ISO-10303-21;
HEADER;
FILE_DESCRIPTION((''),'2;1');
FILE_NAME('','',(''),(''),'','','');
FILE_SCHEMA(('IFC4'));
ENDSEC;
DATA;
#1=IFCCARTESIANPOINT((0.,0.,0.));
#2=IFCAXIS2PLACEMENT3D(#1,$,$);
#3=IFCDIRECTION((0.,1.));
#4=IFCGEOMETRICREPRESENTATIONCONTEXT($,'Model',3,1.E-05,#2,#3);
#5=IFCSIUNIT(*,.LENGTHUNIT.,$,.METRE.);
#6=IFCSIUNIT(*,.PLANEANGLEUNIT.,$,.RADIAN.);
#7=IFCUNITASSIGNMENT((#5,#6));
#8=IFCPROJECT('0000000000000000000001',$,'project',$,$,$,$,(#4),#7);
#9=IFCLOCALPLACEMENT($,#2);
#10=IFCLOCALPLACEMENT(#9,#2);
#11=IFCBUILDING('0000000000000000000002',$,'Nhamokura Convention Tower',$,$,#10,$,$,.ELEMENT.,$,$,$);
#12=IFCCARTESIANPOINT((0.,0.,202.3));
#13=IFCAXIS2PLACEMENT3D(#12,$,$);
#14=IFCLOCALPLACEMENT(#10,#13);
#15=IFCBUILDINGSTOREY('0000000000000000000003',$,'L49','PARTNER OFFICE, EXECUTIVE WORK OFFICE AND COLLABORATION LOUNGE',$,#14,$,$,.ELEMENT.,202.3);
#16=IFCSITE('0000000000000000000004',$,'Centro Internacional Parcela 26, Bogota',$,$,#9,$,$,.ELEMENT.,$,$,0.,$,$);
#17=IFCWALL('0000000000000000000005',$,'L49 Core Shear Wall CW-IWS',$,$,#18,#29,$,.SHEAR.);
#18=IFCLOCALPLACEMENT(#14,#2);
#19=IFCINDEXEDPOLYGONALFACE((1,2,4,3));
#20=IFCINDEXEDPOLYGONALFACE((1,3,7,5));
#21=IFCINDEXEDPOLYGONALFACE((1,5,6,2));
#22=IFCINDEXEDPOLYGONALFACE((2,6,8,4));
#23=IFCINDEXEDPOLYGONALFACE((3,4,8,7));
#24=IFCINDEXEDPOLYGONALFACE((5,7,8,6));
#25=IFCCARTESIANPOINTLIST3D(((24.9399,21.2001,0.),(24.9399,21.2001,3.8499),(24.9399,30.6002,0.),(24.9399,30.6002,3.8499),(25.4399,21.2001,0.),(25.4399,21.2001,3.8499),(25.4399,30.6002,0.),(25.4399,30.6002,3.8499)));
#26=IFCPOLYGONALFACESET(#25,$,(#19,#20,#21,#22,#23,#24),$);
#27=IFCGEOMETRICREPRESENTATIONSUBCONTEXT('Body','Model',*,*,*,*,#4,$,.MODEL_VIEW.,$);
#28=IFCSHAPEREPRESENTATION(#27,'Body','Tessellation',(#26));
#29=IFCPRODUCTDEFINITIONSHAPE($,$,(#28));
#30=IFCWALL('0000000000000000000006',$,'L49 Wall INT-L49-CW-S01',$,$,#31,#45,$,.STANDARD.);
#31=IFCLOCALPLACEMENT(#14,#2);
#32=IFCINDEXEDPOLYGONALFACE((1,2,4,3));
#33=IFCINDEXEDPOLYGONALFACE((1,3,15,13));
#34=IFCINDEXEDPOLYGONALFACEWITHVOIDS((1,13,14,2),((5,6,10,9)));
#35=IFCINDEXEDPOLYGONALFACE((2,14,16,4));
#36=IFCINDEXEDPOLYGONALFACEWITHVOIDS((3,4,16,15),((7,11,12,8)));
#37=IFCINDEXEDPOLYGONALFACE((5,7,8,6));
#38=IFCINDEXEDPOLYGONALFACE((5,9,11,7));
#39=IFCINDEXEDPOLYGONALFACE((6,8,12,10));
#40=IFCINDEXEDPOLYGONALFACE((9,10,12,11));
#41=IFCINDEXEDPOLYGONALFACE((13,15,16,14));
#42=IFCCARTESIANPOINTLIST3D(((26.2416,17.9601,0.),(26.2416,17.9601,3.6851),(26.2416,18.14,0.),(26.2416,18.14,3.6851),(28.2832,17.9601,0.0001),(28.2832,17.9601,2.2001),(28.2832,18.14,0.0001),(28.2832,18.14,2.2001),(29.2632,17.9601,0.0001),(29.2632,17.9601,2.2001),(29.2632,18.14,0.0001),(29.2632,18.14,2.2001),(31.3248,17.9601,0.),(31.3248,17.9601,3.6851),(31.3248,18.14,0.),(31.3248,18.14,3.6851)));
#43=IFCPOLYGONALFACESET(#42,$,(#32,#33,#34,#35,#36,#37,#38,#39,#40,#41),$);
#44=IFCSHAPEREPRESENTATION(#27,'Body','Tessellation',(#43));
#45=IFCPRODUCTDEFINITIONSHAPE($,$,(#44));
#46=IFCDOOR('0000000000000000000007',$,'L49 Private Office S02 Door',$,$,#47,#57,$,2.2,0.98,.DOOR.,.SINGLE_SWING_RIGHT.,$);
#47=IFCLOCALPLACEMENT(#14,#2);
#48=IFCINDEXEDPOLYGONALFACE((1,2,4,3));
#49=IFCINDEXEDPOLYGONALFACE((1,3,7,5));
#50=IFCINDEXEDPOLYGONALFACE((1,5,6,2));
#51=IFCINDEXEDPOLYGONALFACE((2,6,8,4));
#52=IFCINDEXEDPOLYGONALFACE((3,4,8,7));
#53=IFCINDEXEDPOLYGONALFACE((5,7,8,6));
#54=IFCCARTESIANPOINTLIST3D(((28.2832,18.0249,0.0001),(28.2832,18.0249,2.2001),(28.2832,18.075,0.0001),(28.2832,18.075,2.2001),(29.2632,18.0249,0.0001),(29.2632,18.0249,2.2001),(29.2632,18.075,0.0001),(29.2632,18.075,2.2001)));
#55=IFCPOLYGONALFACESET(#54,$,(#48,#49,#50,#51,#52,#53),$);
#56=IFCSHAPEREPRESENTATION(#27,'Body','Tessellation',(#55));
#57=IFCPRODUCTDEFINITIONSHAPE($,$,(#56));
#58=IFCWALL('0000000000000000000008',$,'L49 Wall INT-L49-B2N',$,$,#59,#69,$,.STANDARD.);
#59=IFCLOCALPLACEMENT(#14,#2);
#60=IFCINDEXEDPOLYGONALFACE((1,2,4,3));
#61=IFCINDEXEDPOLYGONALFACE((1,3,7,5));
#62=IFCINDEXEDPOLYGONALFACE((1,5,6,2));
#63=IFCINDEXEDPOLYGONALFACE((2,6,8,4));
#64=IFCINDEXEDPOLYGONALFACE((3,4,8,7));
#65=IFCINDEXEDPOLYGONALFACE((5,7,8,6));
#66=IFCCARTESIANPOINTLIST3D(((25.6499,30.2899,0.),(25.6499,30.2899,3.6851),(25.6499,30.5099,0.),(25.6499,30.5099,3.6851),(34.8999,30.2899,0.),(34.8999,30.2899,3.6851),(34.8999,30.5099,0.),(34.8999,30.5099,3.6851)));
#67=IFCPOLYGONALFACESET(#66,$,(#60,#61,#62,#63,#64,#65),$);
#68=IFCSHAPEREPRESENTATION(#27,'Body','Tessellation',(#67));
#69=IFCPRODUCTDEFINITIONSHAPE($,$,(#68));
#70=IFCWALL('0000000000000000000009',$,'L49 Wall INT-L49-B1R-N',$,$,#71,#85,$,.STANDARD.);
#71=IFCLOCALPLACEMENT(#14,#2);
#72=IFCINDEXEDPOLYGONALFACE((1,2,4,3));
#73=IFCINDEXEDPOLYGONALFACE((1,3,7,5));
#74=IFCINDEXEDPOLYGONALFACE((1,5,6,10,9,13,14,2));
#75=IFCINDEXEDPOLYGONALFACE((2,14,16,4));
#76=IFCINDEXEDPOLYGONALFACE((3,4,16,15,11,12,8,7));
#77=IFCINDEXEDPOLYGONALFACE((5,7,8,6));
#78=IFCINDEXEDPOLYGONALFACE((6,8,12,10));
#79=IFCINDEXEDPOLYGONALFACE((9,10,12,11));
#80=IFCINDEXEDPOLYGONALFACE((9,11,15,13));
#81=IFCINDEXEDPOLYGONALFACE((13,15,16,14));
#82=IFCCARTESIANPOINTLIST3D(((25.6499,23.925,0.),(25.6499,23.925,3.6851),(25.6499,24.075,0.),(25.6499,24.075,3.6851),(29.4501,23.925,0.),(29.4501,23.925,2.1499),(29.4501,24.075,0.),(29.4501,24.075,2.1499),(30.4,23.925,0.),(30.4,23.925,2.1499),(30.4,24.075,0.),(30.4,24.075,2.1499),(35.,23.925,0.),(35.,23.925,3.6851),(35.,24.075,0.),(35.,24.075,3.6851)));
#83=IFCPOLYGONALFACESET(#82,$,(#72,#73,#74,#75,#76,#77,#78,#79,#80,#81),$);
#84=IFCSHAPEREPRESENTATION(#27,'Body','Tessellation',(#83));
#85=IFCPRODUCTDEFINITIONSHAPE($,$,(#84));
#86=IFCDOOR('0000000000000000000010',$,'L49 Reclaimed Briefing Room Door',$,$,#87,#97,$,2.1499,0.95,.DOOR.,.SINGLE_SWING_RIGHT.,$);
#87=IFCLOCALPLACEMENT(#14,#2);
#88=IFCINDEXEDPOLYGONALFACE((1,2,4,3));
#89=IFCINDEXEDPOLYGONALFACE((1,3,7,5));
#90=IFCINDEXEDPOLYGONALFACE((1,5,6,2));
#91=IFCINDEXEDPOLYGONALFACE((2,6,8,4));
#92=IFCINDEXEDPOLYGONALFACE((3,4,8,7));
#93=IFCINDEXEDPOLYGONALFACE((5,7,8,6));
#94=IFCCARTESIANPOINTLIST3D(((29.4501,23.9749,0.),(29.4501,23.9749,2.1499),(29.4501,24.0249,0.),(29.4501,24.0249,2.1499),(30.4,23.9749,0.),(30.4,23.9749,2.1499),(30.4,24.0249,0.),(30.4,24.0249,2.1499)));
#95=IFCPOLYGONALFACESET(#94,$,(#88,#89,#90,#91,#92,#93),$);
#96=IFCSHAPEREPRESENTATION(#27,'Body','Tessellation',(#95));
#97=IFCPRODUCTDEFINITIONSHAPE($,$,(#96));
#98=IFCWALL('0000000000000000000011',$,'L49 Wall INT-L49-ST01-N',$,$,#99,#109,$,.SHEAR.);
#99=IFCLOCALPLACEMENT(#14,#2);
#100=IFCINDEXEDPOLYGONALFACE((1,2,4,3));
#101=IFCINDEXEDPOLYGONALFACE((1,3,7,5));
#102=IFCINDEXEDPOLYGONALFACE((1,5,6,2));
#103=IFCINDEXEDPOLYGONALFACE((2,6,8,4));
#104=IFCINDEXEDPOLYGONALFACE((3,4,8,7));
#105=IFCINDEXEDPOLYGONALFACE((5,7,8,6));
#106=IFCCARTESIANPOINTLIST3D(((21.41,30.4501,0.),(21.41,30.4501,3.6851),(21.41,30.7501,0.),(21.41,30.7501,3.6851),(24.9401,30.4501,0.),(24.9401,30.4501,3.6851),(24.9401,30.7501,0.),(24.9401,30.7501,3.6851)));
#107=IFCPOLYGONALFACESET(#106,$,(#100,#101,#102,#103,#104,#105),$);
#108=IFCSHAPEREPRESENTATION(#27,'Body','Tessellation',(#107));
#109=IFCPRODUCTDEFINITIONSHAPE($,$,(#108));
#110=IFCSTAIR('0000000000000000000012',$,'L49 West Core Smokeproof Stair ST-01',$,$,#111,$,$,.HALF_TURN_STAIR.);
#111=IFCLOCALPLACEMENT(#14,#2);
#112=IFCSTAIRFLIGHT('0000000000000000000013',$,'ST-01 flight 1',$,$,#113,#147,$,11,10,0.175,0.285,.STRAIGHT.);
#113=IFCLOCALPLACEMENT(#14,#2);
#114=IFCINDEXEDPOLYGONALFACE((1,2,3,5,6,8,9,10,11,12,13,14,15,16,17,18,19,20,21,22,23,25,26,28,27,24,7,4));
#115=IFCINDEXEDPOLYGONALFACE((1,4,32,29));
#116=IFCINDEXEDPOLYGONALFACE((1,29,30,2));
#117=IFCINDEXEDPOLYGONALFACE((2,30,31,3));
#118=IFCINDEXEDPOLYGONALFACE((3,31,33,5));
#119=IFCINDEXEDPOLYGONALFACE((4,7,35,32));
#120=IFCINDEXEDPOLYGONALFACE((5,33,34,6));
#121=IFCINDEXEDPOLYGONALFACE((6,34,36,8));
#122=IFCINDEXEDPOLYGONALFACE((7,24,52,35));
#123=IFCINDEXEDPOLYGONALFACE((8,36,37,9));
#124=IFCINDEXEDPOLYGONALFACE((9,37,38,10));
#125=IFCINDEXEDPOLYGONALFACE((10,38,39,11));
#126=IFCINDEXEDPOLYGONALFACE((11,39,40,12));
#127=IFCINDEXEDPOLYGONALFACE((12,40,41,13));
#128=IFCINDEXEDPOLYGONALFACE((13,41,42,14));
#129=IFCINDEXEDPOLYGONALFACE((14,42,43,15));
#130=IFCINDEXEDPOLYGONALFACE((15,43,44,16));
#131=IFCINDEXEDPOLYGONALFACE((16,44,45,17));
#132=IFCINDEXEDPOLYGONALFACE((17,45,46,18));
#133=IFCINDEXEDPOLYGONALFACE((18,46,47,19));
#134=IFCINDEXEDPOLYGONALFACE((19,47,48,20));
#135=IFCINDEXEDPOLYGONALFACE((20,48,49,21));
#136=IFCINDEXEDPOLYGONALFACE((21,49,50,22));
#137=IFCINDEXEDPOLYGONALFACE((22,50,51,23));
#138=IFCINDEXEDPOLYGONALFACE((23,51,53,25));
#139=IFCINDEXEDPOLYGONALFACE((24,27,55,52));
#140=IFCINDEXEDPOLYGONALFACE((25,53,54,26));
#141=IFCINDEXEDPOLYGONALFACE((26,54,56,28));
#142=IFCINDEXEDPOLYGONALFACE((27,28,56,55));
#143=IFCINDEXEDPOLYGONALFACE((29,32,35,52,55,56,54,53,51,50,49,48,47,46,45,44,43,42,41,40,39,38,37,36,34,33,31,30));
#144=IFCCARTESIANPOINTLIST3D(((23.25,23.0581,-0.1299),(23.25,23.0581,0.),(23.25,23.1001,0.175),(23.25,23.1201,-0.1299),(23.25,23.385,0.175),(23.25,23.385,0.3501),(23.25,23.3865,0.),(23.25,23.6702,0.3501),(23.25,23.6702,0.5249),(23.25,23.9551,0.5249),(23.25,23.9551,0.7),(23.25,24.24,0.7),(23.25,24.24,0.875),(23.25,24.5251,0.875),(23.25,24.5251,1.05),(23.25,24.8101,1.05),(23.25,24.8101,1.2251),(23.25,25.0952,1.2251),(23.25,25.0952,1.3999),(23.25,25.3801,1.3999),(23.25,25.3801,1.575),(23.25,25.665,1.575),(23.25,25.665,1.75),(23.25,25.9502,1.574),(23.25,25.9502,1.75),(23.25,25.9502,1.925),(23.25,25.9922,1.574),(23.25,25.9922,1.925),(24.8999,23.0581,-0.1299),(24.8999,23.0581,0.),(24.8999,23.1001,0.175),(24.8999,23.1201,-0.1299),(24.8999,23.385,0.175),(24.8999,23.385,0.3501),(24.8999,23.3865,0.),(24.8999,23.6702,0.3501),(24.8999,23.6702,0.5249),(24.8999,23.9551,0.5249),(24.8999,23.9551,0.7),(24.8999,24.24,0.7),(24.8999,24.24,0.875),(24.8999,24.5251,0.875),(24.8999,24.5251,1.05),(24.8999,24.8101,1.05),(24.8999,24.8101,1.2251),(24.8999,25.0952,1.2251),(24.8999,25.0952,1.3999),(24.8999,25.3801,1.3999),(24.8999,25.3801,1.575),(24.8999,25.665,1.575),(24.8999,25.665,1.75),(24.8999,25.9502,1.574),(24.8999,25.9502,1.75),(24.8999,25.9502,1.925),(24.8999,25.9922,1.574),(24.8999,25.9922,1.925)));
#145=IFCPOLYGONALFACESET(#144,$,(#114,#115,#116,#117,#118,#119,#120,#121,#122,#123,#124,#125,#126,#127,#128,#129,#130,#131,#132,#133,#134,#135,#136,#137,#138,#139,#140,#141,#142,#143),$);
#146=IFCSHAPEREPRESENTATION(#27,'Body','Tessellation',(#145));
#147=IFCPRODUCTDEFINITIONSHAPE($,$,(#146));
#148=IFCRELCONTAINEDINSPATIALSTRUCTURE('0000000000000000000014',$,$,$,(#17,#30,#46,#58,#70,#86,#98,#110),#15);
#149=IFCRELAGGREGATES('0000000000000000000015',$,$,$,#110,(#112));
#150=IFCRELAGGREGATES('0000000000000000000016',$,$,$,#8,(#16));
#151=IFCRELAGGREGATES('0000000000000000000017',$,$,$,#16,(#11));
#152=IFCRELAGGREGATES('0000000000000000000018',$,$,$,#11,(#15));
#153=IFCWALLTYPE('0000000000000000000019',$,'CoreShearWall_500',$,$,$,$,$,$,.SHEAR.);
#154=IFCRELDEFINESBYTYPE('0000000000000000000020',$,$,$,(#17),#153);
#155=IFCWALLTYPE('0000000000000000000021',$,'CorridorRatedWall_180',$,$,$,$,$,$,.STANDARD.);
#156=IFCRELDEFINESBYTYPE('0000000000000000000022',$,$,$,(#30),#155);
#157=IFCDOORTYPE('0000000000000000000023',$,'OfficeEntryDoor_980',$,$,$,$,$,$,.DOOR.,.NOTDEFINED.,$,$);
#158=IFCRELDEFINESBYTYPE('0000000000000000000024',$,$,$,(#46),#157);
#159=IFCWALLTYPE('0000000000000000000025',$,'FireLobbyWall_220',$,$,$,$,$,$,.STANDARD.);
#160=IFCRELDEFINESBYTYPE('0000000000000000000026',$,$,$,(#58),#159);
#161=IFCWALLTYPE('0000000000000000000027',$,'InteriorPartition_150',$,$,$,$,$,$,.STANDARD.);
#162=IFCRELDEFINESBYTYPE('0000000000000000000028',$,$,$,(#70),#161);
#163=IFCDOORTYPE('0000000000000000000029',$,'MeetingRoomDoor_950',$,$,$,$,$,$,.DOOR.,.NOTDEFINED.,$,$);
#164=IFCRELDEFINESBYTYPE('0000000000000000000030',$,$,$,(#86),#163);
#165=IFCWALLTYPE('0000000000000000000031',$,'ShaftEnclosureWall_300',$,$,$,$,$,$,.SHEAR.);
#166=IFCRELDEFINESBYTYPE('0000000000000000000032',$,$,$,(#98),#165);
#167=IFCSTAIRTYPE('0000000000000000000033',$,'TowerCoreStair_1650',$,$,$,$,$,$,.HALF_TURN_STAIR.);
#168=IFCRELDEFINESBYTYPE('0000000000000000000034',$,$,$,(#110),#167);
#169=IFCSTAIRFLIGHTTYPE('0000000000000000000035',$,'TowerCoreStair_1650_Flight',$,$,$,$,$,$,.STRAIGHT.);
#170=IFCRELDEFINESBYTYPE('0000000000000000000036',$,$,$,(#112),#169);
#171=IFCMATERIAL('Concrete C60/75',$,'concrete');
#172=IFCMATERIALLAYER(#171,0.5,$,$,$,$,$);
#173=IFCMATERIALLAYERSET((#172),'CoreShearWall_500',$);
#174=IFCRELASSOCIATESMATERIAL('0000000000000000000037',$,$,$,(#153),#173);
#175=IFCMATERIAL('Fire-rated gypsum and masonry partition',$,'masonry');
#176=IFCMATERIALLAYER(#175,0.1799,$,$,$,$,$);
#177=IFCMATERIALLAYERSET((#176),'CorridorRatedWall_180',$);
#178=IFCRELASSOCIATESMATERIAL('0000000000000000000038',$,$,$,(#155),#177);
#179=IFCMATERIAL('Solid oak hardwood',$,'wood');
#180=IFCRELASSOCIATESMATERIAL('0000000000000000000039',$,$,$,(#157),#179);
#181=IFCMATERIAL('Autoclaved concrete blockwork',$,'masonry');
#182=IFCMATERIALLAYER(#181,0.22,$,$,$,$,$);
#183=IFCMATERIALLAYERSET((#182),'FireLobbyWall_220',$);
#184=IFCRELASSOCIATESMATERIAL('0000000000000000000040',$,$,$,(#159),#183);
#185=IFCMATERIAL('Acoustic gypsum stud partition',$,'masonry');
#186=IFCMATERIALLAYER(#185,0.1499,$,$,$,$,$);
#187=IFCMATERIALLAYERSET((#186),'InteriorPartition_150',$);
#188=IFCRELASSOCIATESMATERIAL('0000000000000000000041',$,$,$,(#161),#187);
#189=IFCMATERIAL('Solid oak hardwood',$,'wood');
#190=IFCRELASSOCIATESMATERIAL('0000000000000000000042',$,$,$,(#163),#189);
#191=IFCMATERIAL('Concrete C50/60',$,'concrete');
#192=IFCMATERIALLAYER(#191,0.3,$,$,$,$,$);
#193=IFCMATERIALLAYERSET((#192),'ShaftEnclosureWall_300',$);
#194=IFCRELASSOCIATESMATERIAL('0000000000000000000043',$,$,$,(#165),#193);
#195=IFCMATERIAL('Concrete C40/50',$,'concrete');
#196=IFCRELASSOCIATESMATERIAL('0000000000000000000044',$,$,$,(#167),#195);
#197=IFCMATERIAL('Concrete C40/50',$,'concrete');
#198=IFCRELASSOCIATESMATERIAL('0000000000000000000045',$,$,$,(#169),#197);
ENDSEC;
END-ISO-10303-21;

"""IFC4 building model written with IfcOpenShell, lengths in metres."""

from ifc_helpers import new_model, si_unit, direction, frame, frame_2d, origin, place, context, subcontext, project, spatial, polyline, rectangle, outline, extrude, material, layer, layer_set, type_object, element, fill, aggregate, save


model = new_model("IFC4")

# Units and contexts
model_context = context("Model", 3, precision=1e-05, world=origin(), true_north=direction((0.0, 1.0)))
body_context = subcontext(model_context, "Body", "Model", "MODEL_VIEW")
ifc_project = project(units=[si_unit("LENGTHUNIT", "METRE"), si_unit("PLANEANGLEUNIT", "RADIAN")], contexts=[model_context])

# Site, building, storey
site_placement = place(None, origin())
site = spatial("IfcSite", under=ifc_project, at=site_placement, Name="Centro Internacional Parcela 26, Bogota", CompositionType="ELEMENT", RefElevation=0.0)
building_placement = place(site_placement, origin())
building = spatial("IfcBuilding", under=site, at=building_placement, Name="Nhamokura Convention Tower", CompositionType="ELEMENT")
storey_placement = place(building_placement, frame((0.0, 0.0, 202.3)))
storey = spatial("IfcBuildingStorey", under=building, at=storey_placement, Name="L49", Description="PARTNER OFFICE, EXECUTIVE WORK OFFICE AND COLLABORATION LOUNGE", CompositionType="ELEMENT", Elevation=202.3)

# Wall
ifc_material_1 = material(Name="Concrete C60/75", Category="concrete")
ifc_layer_1 = layer(ifc_material_1, 0.5)
ifc_layer_set_1 = layer_set([ifc_layer_1], Name="CoreShearWall_500")
wall_type_1 = type_object("IfcWallType", Name="CoreShearWall_500", PredefinedType="SHEAR", material=ifc_layer_set_1)
wall_1_placement = place(storey_placement, frame((25.1899, 21.2, 0.0), z_axis=(0.0, 0.0, 1.0), x_axis=(0.0, 1.0, 0.0)))
element("IfcWall", 1, at=wall_1_placement, inside=storey, type_object=wall_type_1, Name="L49 Core Shear Wall CW-IWS", PredefinedType="SHEAR", context=body_context, shape_type="SweptSolid", body=[
    extrude(rectangle(XDim=9.4001, YDim=0.5, at=frame_2d((4.7002, 0.0))), origin(), (0.0, 0.0, 1.0), 3.8499),
])

# Wall, opening, door
ifc_material_2 = material(Name="Fire-rated gypsum and masonry partition", Category="masonry")
ifc_layer_2 = layer(ifc_material_2, 0.1799)
ifc_layer_set_2 = layer_set([ifc_layer_2], Name="CorridorRatedWall_180")
wall_type_2 = type_object("IfcWallType", Name="CorridorRatedWall_180", PredefinedType="STANDARD", material=ifc_layer_set_2)
wall_2_placement = place(storey_placement, frame((26.2417, 18.05, 0.0), z_axis=(0.0, 0.0, 1.0), x_axis=(1.0, 0.0, 0.0)))
wall_2 = element("IfcWall", 2, at=wall_2_placement, inside=storey, type_object=wall_type_2, Name="L49 Wall INT-L49-CW-S01", PredefinedType="STANDARD", context=body_context, shape_type="SweptSolid", body=[
    extrude(rectangle(XDim=5.0833, YDim=0.1799, at=frame_2d((2.5415, 0.0))), origin(), (0.0, 0.0, 1.0), 3.6851),
])
opening_1_placement = place(wall_2_placement, frame((2.0415, 0.0, 0.0)))
opening_1 = element("IfcOpeningElement", 3, at=opening_1_placement, cuts=wall_2, PredefinedType="OPENING", context=body_context, shape_type="SweptSolid", body=[
    extrude(rectangle(XDim=0.98, YDim=2.2, at=frame_2d((0.49, 1.1001))), frame((0.0, 0.0999, 0.0), z_axis=(0.0, -1.0, 0.0), x_axis=(1.0, 0.0, 0.0)), (0.0, 0.0, 1.0), 0.2),
])
ifc_material_3 = material(Name="Solid oak hardwood", Category="wood")
door_type_1 = type_object("IfcDoorType", Name="OfficeEntryDoor_980", OperationType="NOTDEFINED", PredefinedType="DOOR", material=ifc_material_3)
door_1_placement = place(opening_1_placement, origin())
door_1 = element("IfcDoor", 4, at=door_1_placement, inside=storey, type_object=door_type_1, Name="L49 Private Office S02 Door", OperationType="SINGLE_SWING_RIGHT", OverallHeight=2.2, OverallWidth=0.98, PredefinedType="DOOR", context=body_context, shape_type="SweptSolid", body=[
    extrude(rectangle(XDim=0.98, YDim=2.2, at=frame_2d((0.49, 1.1001))), frame((0.0, 0.0249, 0.0), z_axis=(0.0, -1.0, 0.0), x_axis=(1.0, 0.0, 0.0)), (0.0, 0.0, 1.0), 0.05),
])
fill(opening_1, door_1)

# Shared definitions
ifc_material_4 = material(Name="Autoclaved concrete blockwork", Category="masonry")
ifc_layer_3 = layer(ifc_material_4, 0.22)
ifc_layer_set_3 = layer_set([ifc_layer_3], Name="FireLobbyWall_220")
wall_type_3 = type_object("IfcWallType", Name="FireLobbyWall_220", PredefinedType="STANDARD", material=ifc_layer_set_3)

# Wall
wall_3_placement = place(storey_placement, frame((25.6499, 30.3999, 0.0), z_axis=(0.0, 0.0, 1.0), x_axis=(1.0, 0.0, 0.0)))
element("IfcWall", 5, at=wall_3_placement, inside=storey, type_object=wall_type_3, Name="L49 Wall INT-L49-B2N", PredefinedType="STANDARD", context=body_context, shape_type="SweptSolid", body=[
    extrude(rectangle(XDim=9.25, YDim=0.22, at=frame_2d((4.625, 0.0))), origin(), (0.0, 0.0, 1.0), 3.6851),
])

# Wall, opening, door
ifc_material_5 = material(Name="Acoustic gypsum stud partition", Category="masonry")
ifc_layer_4 = layer(ifc_material_5, 0.1499)
ifc_layer_set_4 = layer_set([ifc_layer_4], Name="InteriorPartition_150")
wall_type_4 = type_object("IfcWallType", Name="InteriorPartition_150", PredefinedType="STANDARD", material=ifc_layer_set_4)
wall_4_placement = place(storey_placement, frame((25.6499, 24.0, 0.0), z_axis=(0.0, 0.0, 1.0), x_axis=(1.0, 0.0, 0.0)))
wall_4 = element("IfcWall", 6, at=wall_4_placement, inside=storey, type_object=wall_type_4, Name="L49 Wall INT-L49-B1R-N", PredefinedType="STANDARD", context=body_context, shape_type="SweptSolid", body=[
    extrude(rectangle(XDim=9.3501, YDim=0.1499, at=frame_2d((4.675, 0.0))), origin(), (0.0, 0.0, 1.0), 3.6851),
])
opening_2_placement = place(wall_4_placement, frame((3.8, 0.0, 0.0)))
opening_2 = element("IfcOpeningElement", 7, at=opening_2_placement, cuts=wall_4, PredefinedType="OPENING", context=body_context, shape_type="SweptSolid", body=[
    extrude(rectangle(XDim=0.95, YDim=2.1499, at=frame_2d((0.4751, 1.075))), frame((0.0, 0.085, 0.0), z_axis=(0.0, -1.0, 0.0), x_axis=(1.0, 0.0, 0.0)), (0.0, 0.0, 1.0), 0.1699),
])
ifc_material_6 = material(Name="Solid oak hardwood", Category="wood")
door_type_2 = type_object("IfcDoorType", Name="MeetingRoomDoor_950", OperationType="NOTDEFINED", PredefinedType="DOOR", material=ifc_material_6)
door_2_placement = place(opening_2_placement, origin())
door_2 = element("IfcDoor", 8, at=door_2_placement, inside=storey, type_object=door_type_2, Name="L49 Reclaimed Briefing Room Door", OperationType="SINGLE_SWING_RIGHT", OverallHeight=2.1499, OverallWidth=0.95, PredefinedType="DOOR", context=body_context, shape_type="SweptSolid", body=[
    extrude(rectangle(XDim=0.95, YDim=2.1499, at=frame_2d((0.4751, 1.075))), frame((0.0, 0.0249, 0.0), z_axis=(0.0, -1.0, 0.0), x_axis=(1.0, 0.0, 0.0)), (0.0, 0.0, 1.0), 0.05),
])
fill(opening_2, door_2)

# Wall
ifc_material_7 = material(Name="Concrete C50/60", Category="concrete")
ifc_layer_5 = layer(ifc_material_7, 0.3)
ifc_layer_set_5 = layer_set([ifc_layer_5], Name="ShaftEnclosureWall_300")
wall_type_5 = type_object("IfcWallType", Name="ShaftEnclosureWall_300", PredefinedType="SHEAR", material=ifc_layer_set_5)
wall_5_placement = place(storey_placement, frame((21.4099, 30.6001, 0.0), z_axis=(0.0, 0.0, 1.0), x_axis=(1.0, 0.0, 0.0)))
element("IfcWall", 9, at=wall_5_placement, inside=storey, type_object=wall_type_5, Name="L49 Wall INT-L49-ST01-N", PredefinedType="SHEAR", context=body_context, shape_type="SweptSolid", body=[
    extrude(rectangle(XDim=3.53, YDim=0.3, at=frame_2d((1.7651, 0.0))), origin(), (0.0, 0.0, 1.0), 3.6851),
])

# Stair, stair flight
ifc_material_8 = material(Name="Concrete C40/50", Category="concrete")
stair_type = type_object("IfcStairType", Name="TowerCoreStair_1650", PredefinedType="HALF_TURN_STAIR", material=ifc_material_8)
stair_placement = place(storey_placement, origin())
stair = element("IfcStair", 10, at=stair_placement, inside=storey, type_object=stair_type, Name="L49 West Core Smokeproof Stair ST-01", PredefinedType="HALF_TURN_STAIR")
ifc_material_9 = material(Name="Concrete C40/50", Category="concrete")
stair_flight_type = type_object("IfcStairFlightType", Name="TowerCoreStair_1650_Flight", PredefinedType="STRAIGHT", material=ifc_material_9)
stair_flight_1_placement = place(storey_placement, frame((24.075, 23.1001, 0.0), z_axis=(0.0, 0.0, 1.0), x_axis=(0.0, 1.0, 0.0)))
stair_flight_1 = element("IfcStairFlight", 11, at=stair_flight_1_placement, type_object=stair_flight_type, Name="ST-01 flight 1", NumberOfRisers=11, NumberOfTreads=10, PredefinedType="STRAIGHT", RiserHeight=0.175, TreadLength=0.285, context=body_context, shape_type="SweptSolid", body=[
    extrude(outline(polyline([(-0.042, 0.0), (0.0, 0.175), (0.2849, 0.175), (0.2849, 0.3501), (0.5701, 0.3501), (0.5701, 0.5249), (0.855, 0.5249), (0.855, 0.7), (1.1399, 0.7), (1.1399, 0.875), (1.425, 0.875), (1.425, 1.05), (1.71, 1.05), (1.71, 1.2251), (1.9951, 1.2251), (1.9951, 1.3999), (2.28, 1.3999), (2.28, 1.575), (2.5649, 1.575), (2.5649, 1.75), (2.8501, 1.75), (2.8501, 1.925), (2.8921, 1.925), (2.8921, 1.574), (2.8501, 1.574), (0.2864, 0.0), (0.02, -0.1299), (-0.042, -0.1299), (-0.042, 0.0)])), frame((0.0, 0.825, 0.0), z_axis=(0.0, -1.0, 0.0), x_axis=(1.0, 0.0, 0.0)), (0.0, 0.0, 1.0), 1.6499),
])
aggregate(stair, [stair_flight_1])

save(model, "model.ifc")
